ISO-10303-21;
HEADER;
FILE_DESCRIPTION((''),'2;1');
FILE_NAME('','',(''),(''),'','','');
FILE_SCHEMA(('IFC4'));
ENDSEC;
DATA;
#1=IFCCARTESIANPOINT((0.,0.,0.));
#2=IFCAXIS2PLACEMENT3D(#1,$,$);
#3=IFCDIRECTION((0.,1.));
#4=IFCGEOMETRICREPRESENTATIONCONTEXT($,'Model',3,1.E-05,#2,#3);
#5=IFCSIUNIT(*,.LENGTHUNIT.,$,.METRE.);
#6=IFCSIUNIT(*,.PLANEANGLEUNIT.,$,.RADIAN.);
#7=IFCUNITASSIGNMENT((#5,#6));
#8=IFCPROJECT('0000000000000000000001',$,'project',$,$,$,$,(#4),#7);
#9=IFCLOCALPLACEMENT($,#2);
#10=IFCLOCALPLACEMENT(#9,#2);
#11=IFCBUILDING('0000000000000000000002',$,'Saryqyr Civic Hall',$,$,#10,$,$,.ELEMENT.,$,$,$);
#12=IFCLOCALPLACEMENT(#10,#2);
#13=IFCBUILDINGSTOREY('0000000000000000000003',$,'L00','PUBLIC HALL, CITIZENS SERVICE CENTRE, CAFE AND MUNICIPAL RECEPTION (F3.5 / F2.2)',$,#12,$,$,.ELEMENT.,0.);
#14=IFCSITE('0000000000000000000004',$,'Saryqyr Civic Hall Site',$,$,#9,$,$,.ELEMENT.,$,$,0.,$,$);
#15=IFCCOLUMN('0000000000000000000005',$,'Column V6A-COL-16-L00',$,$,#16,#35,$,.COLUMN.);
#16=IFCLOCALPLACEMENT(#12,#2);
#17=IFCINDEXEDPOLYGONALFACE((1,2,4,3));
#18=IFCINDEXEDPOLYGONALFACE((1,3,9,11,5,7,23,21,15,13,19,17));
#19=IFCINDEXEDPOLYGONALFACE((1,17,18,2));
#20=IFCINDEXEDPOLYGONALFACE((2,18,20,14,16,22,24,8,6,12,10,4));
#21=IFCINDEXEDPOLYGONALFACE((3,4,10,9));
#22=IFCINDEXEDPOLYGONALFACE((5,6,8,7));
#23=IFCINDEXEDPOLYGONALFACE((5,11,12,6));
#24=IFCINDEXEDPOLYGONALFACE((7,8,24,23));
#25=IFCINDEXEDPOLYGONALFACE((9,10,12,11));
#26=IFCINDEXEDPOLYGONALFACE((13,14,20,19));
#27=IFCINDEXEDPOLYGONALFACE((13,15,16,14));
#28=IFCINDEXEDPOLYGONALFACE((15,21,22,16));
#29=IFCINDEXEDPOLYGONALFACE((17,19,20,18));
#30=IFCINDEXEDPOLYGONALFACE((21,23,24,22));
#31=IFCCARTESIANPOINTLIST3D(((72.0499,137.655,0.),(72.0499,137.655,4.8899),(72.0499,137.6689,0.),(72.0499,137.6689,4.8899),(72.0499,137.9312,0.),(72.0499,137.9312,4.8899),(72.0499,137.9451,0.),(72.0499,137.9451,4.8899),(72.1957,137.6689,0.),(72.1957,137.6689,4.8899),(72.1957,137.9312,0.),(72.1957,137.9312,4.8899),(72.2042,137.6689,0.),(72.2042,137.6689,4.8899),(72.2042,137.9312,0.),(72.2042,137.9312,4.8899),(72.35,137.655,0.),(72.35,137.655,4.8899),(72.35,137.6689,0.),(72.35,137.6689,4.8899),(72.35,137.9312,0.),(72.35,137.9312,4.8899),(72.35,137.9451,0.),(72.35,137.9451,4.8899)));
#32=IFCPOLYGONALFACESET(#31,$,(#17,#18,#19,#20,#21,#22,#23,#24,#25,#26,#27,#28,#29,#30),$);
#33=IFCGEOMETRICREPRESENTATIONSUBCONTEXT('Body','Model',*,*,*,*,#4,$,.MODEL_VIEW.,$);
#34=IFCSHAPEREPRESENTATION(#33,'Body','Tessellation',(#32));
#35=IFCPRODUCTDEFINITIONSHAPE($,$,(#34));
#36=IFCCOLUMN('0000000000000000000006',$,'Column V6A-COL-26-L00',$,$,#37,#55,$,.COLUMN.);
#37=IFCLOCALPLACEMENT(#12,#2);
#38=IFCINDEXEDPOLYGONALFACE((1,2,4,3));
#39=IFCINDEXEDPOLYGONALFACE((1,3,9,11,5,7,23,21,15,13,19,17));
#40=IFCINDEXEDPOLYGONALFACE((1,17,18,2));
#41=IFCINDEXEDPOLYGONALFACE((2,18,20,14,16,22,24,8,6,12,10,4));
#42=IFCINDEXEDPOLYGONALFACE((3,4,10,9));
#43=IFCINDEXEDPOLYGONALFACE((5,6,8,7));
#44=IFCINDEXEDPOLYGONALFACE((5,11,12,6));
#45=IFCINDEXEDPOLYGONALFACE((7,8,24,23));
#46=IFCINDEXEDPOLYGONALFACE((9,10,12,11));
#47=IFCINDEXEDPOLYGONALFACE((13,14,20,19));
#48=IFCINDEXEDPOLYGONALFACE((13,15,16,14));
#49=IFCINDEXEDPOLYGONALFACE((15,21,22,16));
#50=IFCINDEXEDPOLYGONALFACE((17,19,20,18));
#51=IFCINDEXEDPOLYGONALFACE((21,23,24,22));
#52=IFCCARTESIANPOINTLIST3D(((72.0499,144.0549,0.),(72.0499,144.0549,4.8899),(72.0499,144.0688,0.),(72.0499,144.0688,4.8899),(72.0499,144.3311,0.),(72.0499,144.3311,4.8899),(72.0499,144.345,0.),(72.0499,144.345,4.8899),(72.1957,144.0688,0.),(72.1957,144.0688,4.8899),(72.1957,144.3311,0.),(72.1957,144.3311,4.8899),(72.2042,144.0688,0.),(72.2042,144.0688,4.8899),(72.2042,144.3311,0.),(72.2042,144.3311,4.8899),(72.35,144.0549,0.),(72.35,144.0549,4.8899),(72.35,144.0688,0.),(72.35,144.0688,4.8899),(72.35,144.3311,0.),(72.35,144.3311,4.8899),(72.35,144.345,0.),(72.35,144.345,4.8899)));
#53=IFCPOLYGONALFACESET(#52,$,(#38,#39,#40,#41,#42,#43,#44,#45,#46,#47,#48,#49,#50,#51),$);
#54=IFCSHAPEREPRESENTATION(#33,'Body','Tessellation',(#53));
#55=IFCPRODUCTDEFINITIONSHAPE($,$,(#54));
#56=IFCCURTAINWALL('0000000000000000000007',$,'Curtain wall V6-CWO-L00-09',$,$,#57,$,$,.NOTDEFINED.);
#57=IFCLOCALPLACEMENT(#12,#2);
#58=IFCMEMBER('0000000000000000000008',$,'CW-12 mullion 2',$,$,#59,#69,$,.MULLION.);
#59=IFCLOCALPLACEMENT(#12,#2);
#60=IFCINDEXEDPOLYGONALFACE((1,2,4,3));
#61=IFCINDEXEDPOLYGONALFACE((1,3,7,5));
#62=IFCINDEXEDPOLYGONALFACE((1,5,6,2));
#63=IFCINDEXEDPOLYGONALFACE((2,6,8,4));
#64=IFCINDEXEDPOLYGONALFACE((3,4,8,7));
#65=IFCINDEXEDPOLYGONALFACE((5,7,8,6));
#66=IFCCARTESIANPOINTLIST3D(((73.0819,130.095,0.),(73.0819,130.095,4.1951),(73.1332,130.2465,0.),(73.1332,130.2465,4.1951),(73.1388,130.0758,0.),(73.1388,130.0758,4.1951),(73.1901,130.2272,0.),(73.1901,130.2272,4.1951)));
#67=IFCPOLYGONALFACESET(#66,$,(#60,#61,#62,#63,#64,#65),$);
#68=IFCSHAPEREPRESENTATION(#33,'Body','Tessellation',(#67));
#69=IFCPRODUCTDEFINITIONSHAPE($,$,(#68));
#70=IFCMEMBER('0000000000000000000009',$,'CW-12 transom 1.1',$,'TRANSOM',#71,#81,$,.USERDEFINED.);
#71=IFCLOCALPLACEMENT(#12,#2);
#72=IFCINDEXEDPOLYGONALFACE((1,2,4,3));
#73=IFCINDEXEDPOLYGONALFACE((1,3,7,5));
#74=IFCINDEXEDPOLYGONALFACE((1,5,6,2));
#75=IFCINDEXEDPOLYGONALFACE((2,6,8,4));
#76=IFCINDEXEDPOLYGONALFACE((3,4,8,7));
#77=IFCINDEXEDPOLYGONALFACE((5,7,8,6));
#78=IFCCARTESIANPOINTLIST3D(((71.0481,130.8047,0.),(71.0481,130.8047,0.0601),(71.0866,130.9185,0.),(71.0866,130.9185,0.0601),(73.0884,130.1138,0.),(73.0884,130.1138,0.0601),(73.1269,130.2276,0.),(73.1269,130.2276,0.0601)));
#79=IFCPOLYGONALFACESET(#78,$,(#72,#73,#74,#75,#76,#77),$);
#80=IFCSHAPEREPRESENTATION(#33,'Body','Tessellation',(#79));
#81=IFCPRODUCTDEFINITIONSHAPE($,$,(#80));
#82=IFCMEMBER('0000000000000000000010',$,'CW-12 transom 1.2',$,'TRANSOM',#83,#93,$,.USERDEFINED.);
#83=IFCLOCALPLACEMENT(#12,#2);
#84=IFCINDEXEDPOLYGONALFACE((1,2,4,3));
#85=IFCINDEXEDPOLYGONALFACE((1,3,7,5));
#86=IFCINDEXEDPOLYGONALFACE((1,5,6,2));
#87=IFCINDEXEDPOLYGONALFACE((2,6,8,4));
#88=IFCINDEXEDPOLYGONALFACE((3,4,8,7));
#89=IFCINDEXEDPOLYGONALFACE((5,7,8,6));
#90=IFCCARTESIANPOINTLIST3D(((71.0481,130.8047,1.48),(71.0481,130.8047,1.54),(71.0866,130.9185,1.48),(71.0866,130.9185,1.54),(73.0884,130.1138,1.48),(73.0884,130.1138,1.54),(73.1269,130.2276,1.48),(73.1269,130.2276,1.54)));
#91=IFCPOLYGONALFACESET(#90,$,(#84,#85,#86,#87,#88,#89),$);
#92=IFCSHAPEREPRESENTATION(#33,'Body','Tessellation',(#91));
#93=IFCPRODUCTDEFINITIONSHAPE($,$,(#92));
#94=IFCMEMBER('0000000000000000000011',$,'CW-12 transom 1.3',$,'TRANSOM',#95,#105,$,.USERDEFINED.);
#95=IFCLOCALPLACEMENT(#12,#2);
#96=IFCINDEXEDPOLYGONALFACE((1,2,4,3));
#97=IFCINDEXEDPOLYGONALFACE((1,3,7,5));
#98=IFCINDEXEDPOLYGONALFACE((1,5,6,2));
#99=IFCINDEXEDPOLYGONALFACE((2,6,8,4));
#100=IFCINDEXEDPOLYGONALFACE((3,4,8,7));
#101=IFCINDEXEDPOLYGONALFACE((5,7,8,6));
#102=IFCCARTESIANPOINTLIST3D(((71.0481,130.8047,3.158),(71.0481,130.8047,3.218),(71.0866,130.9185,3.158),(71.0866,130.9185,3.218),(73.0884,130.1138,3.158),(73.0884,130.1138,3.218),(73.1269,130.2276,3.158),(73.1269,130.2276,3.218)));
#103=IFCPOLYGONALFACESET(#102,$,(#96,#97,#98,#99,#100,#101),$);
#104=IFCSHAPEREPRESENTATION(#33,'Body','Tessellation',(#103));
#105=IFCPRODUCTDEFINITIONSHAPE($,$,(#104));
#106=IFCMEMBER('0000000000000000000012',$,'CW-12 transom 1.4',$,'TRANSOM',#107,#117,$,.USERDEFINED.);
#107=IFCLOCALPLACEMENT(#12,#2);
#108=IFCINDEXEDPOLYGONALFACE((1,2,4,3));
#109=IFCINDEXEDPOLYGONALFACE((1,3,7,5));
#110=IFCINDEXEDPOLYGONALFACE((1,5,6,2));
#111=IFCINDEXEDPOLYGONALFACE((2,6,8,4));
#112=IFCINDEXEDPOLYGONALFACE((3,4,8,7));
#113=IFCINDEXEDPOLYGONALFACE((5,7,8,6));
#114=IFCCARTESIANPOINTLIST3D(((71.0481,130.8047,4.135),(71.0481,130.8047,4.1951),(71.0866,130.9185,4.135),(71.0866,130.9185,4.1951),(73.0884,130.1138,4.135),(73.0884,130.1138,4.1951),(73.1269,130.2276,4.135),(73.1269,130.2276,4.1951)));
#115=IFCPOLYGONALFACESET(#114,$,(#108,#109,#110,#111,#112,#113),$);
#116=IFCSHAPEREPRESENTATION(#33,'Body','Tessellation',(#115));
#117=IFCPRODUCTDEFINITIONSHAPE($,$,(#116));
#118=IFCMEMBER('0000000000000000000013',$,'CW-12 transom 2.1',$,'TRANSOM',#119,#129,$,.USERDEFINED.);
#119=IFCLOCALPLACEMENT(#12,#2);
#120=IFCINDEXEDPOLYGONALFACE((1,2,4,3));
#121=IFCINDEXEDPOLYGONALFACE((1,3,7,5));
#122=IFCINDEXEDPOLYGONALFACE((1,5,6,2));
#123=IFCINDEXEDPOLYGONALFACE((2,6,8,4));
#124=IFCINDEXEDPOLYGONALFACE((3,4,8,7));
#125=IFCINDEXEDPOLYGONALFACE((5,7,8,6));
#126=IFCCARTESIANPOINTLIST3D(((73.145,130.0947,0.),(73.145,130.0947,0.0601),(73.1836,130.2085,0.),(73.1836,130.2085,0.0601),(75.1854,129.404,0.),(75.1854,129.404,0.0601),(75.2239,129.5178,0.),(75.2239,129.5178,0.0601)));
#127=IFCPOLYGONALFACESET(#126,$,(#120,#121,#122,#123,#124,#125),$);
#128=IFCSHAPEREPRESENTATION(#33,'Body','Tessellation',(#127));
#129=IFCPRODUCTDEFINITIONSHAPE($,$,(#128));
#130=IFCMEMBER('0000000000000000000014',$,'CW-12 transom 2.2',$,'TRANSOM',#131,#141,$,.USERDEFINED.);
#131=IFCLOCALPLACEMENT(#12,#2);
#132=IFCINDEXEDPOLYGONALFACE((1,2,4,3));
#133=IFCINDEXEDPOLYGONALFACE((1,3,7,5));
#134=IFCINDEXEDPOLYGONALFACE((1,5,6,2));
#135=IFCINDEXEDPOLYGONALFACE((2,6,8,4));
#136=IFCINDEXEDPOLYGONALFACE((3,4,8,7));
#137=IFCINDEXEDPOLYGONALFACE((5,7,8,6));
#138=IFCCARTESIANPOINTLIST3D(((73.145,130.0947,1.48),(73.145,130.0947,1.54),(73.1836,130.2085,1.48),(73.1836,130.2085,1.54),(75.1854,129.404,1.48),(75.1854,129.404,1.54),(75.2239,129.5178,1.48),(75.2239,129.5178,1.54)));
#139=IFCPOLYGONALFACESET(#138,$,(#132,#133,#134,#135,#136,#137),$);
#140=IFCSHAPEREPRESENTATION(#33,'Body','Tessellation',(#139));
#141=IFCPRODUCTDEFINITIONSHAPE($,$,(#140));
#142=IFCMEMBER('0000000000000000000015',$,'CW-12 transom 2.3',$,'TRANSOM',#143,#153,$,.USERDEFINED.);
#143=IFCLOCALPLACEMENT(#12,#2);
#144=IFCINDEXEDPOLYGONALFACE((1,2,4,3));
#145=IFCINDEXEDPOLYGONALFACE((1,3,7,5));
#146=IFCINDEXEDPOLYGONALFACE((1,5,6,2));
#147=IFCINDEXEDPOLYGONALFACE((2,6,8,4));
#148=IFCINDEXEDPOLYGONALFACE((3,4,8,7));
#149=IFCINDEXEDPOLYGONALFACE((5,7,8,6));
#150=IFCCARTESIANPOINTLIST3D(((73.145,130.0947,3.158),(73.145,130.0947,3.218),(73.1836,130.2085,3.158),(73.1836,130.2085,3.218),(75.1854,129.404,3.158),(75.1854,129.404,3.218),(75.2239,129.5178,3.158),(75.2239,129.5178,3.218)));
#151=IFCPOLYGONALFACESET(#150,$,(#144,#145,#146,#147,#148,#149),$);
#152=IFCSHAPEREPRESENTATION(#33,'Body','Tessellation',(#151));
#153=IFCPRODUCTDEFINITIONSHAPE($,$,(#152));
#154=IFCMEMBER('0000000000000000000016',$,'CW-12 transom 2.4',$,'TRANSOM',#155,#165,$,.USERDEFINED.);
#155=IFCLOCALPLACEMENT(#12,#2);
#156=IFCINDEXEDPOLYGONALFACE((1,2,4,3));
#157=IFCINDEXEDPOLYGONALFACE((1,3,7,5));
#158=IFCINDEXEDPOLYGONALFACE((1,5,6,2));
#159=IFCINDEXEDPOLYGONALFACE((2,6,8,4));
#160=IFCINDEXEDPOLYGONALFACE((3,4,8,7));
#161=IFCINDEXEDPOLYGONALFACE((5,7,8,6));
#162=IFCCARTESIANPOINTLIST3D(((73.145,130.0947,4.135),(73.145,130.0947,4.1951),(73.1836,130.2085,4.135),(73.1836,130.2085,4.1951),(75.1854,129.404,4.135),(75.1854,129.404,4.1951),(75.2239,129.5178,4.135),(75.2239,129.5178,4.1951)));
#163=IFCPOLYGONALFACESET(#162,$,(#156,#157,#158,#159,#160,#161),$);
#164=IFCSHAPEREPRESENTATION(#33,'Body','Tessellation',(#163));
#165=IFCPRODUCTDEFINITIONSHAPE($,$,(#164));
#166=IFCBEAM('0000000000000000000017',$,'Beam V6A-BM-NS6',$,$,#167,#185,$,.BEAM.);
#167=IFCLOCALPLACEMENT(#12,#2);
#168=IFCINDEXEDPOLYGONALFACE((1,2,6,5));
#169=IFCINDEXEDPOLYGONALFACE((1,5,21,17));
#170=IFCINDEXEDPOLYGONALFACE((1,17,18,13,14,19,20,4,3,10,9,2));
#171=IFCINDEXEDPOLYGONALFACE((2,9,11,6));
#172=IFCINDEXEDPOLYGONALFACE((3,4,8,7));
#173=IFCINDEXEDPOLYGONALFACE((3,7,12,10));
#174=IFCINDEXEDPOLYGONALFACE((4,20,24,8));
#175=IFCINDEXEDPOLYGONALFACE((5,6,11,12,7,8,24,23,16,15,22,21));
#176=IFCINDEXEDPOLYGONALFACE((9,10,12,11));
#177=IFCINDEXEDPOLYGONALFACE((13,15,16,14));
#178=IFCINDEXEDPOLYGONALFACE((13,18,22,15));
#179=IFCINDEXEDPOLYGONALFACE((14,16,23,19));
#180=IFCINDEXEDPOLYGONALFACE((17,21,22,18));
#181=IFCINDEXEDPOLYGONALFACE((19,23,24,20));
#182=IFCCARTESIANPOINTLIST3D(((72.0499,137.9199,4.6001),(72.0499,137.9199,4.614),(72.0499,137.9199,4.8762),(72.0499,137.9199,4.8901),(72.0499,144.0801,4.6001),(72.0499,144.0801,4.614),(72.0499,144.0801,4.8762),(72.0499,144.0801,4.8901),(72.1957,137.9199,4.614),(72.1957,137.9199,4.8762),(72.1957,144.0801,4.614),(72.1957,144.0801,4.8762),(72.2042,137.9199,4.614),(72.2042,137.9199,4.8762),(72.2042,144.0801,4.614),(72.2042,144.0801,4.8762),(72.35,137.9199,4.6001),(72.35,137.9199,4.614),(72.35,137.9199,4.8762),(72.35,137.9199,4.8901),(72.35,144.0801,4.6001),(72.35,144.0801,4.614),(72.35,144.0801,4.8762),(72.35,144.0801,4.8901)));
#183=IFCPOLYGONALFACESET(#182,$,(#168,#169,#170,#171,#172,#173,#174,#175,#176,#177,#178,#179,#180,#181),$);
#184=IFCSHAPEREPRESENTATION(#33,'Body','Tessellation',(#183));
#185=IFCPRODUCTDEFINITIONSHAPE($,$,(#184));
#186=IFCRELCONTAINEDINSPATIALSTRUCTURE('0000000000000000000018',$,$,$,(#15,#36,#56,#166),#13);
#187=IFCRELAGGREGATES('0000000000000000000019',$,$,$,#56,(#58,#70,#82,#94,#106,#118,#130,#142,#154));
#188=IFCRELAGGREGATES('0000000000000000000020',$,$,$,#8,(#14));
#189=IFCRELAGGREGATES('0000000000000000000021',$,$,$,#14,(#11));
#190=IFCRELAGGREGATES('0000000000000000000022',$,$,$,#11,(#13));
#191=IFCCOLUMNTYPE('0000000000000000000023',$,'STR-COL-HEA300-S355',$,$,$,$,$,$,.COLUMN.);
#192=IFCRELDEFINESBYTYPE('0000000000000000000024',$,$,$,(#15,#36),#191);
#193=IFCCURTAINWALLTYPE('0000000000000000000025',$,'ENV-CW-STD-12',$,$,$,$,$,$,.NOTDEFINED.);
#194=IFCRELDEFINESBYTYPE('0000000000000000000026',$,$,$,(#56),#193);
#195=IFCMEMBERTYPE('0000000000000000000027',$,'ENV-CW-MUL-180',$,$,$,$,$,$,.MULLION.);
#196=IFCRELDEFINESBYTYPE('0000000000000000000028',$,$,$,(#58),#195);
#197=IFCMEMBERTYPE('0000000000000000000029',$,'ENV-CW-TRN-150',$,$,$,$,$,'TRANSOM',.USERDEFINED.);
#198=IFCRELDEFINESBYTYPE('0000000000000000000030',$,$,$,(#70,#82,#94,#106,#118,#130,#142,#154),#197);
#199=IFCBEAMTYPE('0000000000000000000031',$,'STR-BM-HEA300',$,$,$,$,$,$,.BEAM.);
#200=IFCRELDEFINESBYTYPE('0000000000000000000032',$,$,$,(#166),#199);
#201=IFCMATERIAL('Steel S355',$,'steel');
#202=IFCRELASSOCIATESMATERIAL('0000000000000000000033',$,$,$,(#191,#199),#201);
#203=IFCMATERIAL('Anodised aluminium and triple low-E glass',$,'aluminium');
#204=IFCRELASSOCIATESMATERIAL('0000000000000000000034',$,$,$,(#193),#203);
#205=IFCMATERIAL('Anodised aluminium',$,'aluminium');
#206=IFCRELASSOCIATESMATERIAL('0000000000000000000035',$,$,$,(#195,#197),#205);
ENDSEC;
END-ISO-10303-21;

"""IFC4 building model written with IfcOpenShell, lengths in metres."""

from ifc_helpers import new_model, si_unit, direction, frame, origin, origin_2d, place, context, subcontext, project, spatial, rectangle, i_section, extrude, material, material_profile, profile_set, type_object, element, aggregate, save


model = new_model("IFC4")

# Units and contexts
model_context = context("Model", 3, precision=1e-05, world=origin(), true_north=direction((0.0, 1.0)))
body_context = subcontext(model_context, "Body", "Model", "MODEL_VIEW")
ifc_project = project(units=[si_unit("LENGTHUNIT", "METRE"), si_unit("PLANEANGLEUNIT", "RADIAN")], contexts=[model_context])

# Site, building, storey
site_placement = place(None, origin())
site = spatial("IfcSite", under=ifc_project, at=site_placement, Name="Saryqyr Civic Hall Site", CompositionType="ELEMENT", RefElevation=0.0)
building_placement = place(site_placement, origin())
building = spatial("IfcBuilding", under=site, at=building_placement, Name="Saryqyr Civic Hall", CompositionType="ELEMENT")
storey_placement = place(building_placement, origin())
storey = spatial("IfcBuildingStorey", under=building, at=storey_placement, Name="L00", Description="PUBLIC HALL, CITIZENS SERVICE CENTRE, CAFE AND MUNICIPAL RECEPTION (F3.5 / F2.2)", CompositionType="ELEMENT", Elevation=0.0)

# Columns
ifc_material_1 = material(Name="Steel S355", Category="steel")
ifc_material_profile_1 = material_profile(ifc_material_1, i_section(OverallWidth=0.3, OverallDepth=0.29, WebThickness=0.0085, FlangeThickness=0.0139, at=origin_2d()), Name="HEA 300")
ifc_profile_set_1 = profile_set([ifc_material_profile_1], Name="Steel S355")
column_type = type_object("IfcColumnType", Name="STR-COL-HEA300-S355", PredefinedType="COLUMN", material=ifc_profile_set_1)
for number, where, z_axis, x_axis, name in (
    (1, (72.2, 137.8, 0.0), (0.0, 0.0, 1.0), (1.0, 0.0, 0.0), "Column V6A-COL-16-L00"),
    (2, (72.2, 144.2, 0.0), (0.0, 0.0, 1.0), (1.0, 0.0, 0.0), "Column V6A-COL-26-L00"),
):
    element("IfcColumn", number, at=place(storey_placement, frame(where, z_axis=z_axis, x_axis=x_axis)), inside=storey, type_object=column_type, Name=name, PredefinedType="COLUMN", context=body_context, shape_type="SweptSolid", body=[
        extrude(i_section(OverallWidth=0.3, OverallDepth=0.29, WebThickness=0.0085, FlangeThickness=0.0139, at=origin_2d()), origin(), (0.0, 0.0, 1.0), 4.8899),
    ])

# Curtain wall, members
ifc_material_2 = material(Name="Anodised aluminium and triple low-E glass", Category="aluminium")
curtain_wall_type = type_object("IfcCurtainWallType", Name="ENV-CW-STD-12", PredefinedType="NOTDEFINED", material=ifc_material_2)
curtain_wall_placement = place(storey_placement, origin())
curtain_wall = element("IfcCurtainWall", 3, at=curtain_wall_placement, inside=storey, type_object=curtain_wall_type, Name="Curtain wall V6-CWO-L00-09", PredefinedType="NOTDEFINED")
ifc_material_3 = material(Name="Anodised aluminium", Category="aluminium")
ifc_material_profile_2 = material_profile(ifc_material_3, rectangle(XDim=0.0601, YDim=0.1599, at=origin_2d()), Name="ALU MULLION 60x160")
ifc_profile_set_2 = profile_set([ifc_material_profile_2], Name="Anodised aluminium")
member_type_1 = type_object("IfcMemberType", Name="ENV-CW-MUL-180", PredefinedType="MULLION", material=ifc_profile_set_2)
member_1_placement = place(storey_placement, frame((73.136, 130.1611, 0.0), z_axis=(0.0, 0.0, 1.0), x_axis=(0.947191, -0.32067, 0.0)))
member_1 = element("IfcMember", 4, at=member_1_placement, type_object=member_type_1, Name="CW-12 mullion 2", PredefinedType="MULLION", context=body_context, shape_type="SweptSolid", body=[
    extrude(rectangle(XDim=0.0601, YDim=0.1599, at=origin_2d()), origin(), (0.0, 0.0, 1.0), 4.1951),
])
ifc_material_profile_3 = material_profile(ifc_material_3, rectangle(XDim=0.1201, YDim=0.0601, at=origin_2d()), Name="ALU TRANSOM 120x60")
ifc_profile_set_3 = profile_set([ifc_material_profile_3], Name="Anodised aluminium")
member_type_2 = type_object("IfcMemberType", Name="ENV-CW-TRN-150", ElementType="TRANSOM", PredefinedType="USERDEFINED", material=ifc_profile_set_3)
member_2_placement = place(storey_placement, frame((71.0674, 130.8616, 0.03), z_axis=(0.947165, -0.320746, 0.0), x_axis=(0.320746, 0.947165, 0.0)))
member_2 = element("IfcMember", 5, at=member_2_placement, type_object=member_type_2, Name="CW-12 transom 1.1", ObjectType="TRANSOM", PredefinedType="USERDEFINED", context=body_context, shape_type="SweptSolid", body=[
    extrude(rectangle(XDim=0.1201, YDim=0.0601, at=origin_2d()), origin(), (0.0, 0.0, 1.0), 2.1541),
])
member_3_placement = place(storey_placement, frame((71.0674, 130.8616, 1.51), z_axis=(0.947165, -0.320746, 0.0), x_axis=(0.320746, 0.947165, 0.0)))
member_3 = element("IfcMember", 6, at=member_3_placement, type_object=member_type_2, Name="CW-12 transom 1.2", ObjectType="TRANSOM", PredefinedType="USERDEFINED", context=body_context, shape_type="SweptSolid", body=[
    extrude(rectangle(XDim=0.1201, YDim=0.0601, at=origin_2d()), origin(), (0.0, 0.0, 1.0), 2.1541),
])
member_4_placement = place(storey_placement, frame((71.0674, 130.8616, 3.188), z_axis=(0.947165, -0.320746, 0.0), x_axis=(0.320746, 0.947165, 0.0)))
member_4 = element("IfcMember", 7, at=member_4_placement, type_object=member_type_2, Name="CW-12 transom 1.3", ObjectType="TRANSOM", PredefinedType="USERDEFINED", context=body_context, shape_type="SweptSolid", body=[
    extrude(rectangle(XDim=0.1201, YDim=0.0601, at=origin_2d()), origin(), (0.0, 0.0, 1.0), 2.1541),
])
member_5_placement = place(storey_placement, frame((71.0674, 130.8616, 4.165), z_axis=(0.947165, -0.320746, 0.0), x_axis=(0.320746, 0.947165, 0.0)))
member_5 = element("IfcMember", 8, at=member_5_placement, type_object=member_type_2, Name="CW-12 transom 1.4", ObjectType="TRANSOM", PredefinedType="USERDEFINED", context=body_context, shape_type="SweptSolid", body=[
    extrude(rectangle(XDim=0.1201, YDim=0.0601, at=origin_2d()), origin(), (0.0, 0.0, 1.0), 2.1541),
])
member_6_placement = place(storey_placement, frame((73.1643, 130.1516, 0.03), z_axis=(0.9472, -0.320645, 0.0), x_axis=(0.320645, 0.9472, 0.0)))
member_6 = element("IfcMember", 9, at=member_6_placement, type_object=member_type_2, Name="CW-12 transom 2.1", ObjectType="TRANSOM", PredefinedType="USERDEFINED", context=body_context, shape_type="SweptSolid", body=[
    extrude(rectangle(XDim=0.1201, YDim=0.0601, at=origin_2d()), origin(), (0.0, 0.0, 1.0), 2.1541),
])
member_7_placement = place(storey_placement, frame((73.1643, 130.1516, 1.51), z_axis=(0.9472, -0.320645, 0.0), x_axis=(0.320645, 0.9472, 0.0)))
member_7 = element("IfcMember", 10, at=member_7_placement, type_object=member_type_2, Name="CW-12 transom 2.2", ObjectType="TRANSOM", PredefinedType="USERDEFINED", context=body_context, shape_type="SweptSolid", body=[
    extrude(rectangle(XDim=0.1201, YDim=0.0601, at=origin_2d()), origin(), (0.0, 0.0, 1.0), 2.1541),
])
member_8_placement = place(storey_placement, frame((73.1643, 130.1516, 3.188), z_axis=(0.9472, -0.320645, 0.0), x_axis=(0.320645, 0.9472, 0.0)))
member_8 = element("IfcMember", 11, at=member_8_placement, type_object=member_type_2, Name="CW-12 transom 2.3", ObjectType="TRANSOM", PredefinedType="USERDEFINED", context=body_context, shape_type="SweptSolid", body=[
    extrude(rectangle(XDim=0.1201, YDim=0.0601, at=origin_2d()), origin(), (0.0, 0.0, 1.0), 2.1541),
])
member_9_placement = place(storey_placement, frame((73.1643, 130.1516, 4.165), z_axis=(0.9472, -0.320645, 0.0), x_axis=(0.320645, 0.9472, 0.0)))
member_9 = element("IfcMember", 12, at=member_9_placement, type_object=member_type_2, Name="CW-12 transom 2.4", ObjectType="TRANSOM", PredefinedType="USERDEFINED", context=body_context, shape_type="SweptSolid", body=[
    extrude(rectangle(XDim=0.1201, YDim=0.0601, at=origin_2d()), origin(), (0.0, 0.0, 1.0), 2.1541),
])

# Beam
ifc_material_profile_4 = material_profile(ifc_material_1, i_section(OverallWidth=0.3, OverallDepth=0.29, WebThickness=0.0085, FlangeThickness=0.0139, at=origin_2d()), Name="HEA 300")
ifc_profile_set_4 = profile_set([ifc_material_profile_4], Name="Steel S355")
beam_type = type_object("IfcBeamType", Name="STR-BM-HEA300", PredefinedType="BEAM", material=ifc_profile_set_4)
beam_placement = place(storey_placement, frame((72.2, 137.9199, 4.7451), z_axis=(0.0, 1.0, 0.0), x_axis=(-1.0, 0.0, 0.0)))
element("IfcBeam", 13, at=beam_placement, inside=storey, type_object=beam_type, Name="Beam V6A-BM-NS6", PredefinedType="BEAM", context=body_context, shape_type="SweptSolid", body=[
    extrude(i_section(OverallWidth=0.3, OverallDepth=0.29, WebThickness=0.0085, FlangeThickness=0.0139, at=origin_2d()), origin(), (0.0, 0.0, 1.0), 6.1602),
])

aggregate(curtain_wall, [member_1, member_2, member_3, member_4, member_5, member_6, member_7, member_8, member_9])

save(model, "model.ifc")
